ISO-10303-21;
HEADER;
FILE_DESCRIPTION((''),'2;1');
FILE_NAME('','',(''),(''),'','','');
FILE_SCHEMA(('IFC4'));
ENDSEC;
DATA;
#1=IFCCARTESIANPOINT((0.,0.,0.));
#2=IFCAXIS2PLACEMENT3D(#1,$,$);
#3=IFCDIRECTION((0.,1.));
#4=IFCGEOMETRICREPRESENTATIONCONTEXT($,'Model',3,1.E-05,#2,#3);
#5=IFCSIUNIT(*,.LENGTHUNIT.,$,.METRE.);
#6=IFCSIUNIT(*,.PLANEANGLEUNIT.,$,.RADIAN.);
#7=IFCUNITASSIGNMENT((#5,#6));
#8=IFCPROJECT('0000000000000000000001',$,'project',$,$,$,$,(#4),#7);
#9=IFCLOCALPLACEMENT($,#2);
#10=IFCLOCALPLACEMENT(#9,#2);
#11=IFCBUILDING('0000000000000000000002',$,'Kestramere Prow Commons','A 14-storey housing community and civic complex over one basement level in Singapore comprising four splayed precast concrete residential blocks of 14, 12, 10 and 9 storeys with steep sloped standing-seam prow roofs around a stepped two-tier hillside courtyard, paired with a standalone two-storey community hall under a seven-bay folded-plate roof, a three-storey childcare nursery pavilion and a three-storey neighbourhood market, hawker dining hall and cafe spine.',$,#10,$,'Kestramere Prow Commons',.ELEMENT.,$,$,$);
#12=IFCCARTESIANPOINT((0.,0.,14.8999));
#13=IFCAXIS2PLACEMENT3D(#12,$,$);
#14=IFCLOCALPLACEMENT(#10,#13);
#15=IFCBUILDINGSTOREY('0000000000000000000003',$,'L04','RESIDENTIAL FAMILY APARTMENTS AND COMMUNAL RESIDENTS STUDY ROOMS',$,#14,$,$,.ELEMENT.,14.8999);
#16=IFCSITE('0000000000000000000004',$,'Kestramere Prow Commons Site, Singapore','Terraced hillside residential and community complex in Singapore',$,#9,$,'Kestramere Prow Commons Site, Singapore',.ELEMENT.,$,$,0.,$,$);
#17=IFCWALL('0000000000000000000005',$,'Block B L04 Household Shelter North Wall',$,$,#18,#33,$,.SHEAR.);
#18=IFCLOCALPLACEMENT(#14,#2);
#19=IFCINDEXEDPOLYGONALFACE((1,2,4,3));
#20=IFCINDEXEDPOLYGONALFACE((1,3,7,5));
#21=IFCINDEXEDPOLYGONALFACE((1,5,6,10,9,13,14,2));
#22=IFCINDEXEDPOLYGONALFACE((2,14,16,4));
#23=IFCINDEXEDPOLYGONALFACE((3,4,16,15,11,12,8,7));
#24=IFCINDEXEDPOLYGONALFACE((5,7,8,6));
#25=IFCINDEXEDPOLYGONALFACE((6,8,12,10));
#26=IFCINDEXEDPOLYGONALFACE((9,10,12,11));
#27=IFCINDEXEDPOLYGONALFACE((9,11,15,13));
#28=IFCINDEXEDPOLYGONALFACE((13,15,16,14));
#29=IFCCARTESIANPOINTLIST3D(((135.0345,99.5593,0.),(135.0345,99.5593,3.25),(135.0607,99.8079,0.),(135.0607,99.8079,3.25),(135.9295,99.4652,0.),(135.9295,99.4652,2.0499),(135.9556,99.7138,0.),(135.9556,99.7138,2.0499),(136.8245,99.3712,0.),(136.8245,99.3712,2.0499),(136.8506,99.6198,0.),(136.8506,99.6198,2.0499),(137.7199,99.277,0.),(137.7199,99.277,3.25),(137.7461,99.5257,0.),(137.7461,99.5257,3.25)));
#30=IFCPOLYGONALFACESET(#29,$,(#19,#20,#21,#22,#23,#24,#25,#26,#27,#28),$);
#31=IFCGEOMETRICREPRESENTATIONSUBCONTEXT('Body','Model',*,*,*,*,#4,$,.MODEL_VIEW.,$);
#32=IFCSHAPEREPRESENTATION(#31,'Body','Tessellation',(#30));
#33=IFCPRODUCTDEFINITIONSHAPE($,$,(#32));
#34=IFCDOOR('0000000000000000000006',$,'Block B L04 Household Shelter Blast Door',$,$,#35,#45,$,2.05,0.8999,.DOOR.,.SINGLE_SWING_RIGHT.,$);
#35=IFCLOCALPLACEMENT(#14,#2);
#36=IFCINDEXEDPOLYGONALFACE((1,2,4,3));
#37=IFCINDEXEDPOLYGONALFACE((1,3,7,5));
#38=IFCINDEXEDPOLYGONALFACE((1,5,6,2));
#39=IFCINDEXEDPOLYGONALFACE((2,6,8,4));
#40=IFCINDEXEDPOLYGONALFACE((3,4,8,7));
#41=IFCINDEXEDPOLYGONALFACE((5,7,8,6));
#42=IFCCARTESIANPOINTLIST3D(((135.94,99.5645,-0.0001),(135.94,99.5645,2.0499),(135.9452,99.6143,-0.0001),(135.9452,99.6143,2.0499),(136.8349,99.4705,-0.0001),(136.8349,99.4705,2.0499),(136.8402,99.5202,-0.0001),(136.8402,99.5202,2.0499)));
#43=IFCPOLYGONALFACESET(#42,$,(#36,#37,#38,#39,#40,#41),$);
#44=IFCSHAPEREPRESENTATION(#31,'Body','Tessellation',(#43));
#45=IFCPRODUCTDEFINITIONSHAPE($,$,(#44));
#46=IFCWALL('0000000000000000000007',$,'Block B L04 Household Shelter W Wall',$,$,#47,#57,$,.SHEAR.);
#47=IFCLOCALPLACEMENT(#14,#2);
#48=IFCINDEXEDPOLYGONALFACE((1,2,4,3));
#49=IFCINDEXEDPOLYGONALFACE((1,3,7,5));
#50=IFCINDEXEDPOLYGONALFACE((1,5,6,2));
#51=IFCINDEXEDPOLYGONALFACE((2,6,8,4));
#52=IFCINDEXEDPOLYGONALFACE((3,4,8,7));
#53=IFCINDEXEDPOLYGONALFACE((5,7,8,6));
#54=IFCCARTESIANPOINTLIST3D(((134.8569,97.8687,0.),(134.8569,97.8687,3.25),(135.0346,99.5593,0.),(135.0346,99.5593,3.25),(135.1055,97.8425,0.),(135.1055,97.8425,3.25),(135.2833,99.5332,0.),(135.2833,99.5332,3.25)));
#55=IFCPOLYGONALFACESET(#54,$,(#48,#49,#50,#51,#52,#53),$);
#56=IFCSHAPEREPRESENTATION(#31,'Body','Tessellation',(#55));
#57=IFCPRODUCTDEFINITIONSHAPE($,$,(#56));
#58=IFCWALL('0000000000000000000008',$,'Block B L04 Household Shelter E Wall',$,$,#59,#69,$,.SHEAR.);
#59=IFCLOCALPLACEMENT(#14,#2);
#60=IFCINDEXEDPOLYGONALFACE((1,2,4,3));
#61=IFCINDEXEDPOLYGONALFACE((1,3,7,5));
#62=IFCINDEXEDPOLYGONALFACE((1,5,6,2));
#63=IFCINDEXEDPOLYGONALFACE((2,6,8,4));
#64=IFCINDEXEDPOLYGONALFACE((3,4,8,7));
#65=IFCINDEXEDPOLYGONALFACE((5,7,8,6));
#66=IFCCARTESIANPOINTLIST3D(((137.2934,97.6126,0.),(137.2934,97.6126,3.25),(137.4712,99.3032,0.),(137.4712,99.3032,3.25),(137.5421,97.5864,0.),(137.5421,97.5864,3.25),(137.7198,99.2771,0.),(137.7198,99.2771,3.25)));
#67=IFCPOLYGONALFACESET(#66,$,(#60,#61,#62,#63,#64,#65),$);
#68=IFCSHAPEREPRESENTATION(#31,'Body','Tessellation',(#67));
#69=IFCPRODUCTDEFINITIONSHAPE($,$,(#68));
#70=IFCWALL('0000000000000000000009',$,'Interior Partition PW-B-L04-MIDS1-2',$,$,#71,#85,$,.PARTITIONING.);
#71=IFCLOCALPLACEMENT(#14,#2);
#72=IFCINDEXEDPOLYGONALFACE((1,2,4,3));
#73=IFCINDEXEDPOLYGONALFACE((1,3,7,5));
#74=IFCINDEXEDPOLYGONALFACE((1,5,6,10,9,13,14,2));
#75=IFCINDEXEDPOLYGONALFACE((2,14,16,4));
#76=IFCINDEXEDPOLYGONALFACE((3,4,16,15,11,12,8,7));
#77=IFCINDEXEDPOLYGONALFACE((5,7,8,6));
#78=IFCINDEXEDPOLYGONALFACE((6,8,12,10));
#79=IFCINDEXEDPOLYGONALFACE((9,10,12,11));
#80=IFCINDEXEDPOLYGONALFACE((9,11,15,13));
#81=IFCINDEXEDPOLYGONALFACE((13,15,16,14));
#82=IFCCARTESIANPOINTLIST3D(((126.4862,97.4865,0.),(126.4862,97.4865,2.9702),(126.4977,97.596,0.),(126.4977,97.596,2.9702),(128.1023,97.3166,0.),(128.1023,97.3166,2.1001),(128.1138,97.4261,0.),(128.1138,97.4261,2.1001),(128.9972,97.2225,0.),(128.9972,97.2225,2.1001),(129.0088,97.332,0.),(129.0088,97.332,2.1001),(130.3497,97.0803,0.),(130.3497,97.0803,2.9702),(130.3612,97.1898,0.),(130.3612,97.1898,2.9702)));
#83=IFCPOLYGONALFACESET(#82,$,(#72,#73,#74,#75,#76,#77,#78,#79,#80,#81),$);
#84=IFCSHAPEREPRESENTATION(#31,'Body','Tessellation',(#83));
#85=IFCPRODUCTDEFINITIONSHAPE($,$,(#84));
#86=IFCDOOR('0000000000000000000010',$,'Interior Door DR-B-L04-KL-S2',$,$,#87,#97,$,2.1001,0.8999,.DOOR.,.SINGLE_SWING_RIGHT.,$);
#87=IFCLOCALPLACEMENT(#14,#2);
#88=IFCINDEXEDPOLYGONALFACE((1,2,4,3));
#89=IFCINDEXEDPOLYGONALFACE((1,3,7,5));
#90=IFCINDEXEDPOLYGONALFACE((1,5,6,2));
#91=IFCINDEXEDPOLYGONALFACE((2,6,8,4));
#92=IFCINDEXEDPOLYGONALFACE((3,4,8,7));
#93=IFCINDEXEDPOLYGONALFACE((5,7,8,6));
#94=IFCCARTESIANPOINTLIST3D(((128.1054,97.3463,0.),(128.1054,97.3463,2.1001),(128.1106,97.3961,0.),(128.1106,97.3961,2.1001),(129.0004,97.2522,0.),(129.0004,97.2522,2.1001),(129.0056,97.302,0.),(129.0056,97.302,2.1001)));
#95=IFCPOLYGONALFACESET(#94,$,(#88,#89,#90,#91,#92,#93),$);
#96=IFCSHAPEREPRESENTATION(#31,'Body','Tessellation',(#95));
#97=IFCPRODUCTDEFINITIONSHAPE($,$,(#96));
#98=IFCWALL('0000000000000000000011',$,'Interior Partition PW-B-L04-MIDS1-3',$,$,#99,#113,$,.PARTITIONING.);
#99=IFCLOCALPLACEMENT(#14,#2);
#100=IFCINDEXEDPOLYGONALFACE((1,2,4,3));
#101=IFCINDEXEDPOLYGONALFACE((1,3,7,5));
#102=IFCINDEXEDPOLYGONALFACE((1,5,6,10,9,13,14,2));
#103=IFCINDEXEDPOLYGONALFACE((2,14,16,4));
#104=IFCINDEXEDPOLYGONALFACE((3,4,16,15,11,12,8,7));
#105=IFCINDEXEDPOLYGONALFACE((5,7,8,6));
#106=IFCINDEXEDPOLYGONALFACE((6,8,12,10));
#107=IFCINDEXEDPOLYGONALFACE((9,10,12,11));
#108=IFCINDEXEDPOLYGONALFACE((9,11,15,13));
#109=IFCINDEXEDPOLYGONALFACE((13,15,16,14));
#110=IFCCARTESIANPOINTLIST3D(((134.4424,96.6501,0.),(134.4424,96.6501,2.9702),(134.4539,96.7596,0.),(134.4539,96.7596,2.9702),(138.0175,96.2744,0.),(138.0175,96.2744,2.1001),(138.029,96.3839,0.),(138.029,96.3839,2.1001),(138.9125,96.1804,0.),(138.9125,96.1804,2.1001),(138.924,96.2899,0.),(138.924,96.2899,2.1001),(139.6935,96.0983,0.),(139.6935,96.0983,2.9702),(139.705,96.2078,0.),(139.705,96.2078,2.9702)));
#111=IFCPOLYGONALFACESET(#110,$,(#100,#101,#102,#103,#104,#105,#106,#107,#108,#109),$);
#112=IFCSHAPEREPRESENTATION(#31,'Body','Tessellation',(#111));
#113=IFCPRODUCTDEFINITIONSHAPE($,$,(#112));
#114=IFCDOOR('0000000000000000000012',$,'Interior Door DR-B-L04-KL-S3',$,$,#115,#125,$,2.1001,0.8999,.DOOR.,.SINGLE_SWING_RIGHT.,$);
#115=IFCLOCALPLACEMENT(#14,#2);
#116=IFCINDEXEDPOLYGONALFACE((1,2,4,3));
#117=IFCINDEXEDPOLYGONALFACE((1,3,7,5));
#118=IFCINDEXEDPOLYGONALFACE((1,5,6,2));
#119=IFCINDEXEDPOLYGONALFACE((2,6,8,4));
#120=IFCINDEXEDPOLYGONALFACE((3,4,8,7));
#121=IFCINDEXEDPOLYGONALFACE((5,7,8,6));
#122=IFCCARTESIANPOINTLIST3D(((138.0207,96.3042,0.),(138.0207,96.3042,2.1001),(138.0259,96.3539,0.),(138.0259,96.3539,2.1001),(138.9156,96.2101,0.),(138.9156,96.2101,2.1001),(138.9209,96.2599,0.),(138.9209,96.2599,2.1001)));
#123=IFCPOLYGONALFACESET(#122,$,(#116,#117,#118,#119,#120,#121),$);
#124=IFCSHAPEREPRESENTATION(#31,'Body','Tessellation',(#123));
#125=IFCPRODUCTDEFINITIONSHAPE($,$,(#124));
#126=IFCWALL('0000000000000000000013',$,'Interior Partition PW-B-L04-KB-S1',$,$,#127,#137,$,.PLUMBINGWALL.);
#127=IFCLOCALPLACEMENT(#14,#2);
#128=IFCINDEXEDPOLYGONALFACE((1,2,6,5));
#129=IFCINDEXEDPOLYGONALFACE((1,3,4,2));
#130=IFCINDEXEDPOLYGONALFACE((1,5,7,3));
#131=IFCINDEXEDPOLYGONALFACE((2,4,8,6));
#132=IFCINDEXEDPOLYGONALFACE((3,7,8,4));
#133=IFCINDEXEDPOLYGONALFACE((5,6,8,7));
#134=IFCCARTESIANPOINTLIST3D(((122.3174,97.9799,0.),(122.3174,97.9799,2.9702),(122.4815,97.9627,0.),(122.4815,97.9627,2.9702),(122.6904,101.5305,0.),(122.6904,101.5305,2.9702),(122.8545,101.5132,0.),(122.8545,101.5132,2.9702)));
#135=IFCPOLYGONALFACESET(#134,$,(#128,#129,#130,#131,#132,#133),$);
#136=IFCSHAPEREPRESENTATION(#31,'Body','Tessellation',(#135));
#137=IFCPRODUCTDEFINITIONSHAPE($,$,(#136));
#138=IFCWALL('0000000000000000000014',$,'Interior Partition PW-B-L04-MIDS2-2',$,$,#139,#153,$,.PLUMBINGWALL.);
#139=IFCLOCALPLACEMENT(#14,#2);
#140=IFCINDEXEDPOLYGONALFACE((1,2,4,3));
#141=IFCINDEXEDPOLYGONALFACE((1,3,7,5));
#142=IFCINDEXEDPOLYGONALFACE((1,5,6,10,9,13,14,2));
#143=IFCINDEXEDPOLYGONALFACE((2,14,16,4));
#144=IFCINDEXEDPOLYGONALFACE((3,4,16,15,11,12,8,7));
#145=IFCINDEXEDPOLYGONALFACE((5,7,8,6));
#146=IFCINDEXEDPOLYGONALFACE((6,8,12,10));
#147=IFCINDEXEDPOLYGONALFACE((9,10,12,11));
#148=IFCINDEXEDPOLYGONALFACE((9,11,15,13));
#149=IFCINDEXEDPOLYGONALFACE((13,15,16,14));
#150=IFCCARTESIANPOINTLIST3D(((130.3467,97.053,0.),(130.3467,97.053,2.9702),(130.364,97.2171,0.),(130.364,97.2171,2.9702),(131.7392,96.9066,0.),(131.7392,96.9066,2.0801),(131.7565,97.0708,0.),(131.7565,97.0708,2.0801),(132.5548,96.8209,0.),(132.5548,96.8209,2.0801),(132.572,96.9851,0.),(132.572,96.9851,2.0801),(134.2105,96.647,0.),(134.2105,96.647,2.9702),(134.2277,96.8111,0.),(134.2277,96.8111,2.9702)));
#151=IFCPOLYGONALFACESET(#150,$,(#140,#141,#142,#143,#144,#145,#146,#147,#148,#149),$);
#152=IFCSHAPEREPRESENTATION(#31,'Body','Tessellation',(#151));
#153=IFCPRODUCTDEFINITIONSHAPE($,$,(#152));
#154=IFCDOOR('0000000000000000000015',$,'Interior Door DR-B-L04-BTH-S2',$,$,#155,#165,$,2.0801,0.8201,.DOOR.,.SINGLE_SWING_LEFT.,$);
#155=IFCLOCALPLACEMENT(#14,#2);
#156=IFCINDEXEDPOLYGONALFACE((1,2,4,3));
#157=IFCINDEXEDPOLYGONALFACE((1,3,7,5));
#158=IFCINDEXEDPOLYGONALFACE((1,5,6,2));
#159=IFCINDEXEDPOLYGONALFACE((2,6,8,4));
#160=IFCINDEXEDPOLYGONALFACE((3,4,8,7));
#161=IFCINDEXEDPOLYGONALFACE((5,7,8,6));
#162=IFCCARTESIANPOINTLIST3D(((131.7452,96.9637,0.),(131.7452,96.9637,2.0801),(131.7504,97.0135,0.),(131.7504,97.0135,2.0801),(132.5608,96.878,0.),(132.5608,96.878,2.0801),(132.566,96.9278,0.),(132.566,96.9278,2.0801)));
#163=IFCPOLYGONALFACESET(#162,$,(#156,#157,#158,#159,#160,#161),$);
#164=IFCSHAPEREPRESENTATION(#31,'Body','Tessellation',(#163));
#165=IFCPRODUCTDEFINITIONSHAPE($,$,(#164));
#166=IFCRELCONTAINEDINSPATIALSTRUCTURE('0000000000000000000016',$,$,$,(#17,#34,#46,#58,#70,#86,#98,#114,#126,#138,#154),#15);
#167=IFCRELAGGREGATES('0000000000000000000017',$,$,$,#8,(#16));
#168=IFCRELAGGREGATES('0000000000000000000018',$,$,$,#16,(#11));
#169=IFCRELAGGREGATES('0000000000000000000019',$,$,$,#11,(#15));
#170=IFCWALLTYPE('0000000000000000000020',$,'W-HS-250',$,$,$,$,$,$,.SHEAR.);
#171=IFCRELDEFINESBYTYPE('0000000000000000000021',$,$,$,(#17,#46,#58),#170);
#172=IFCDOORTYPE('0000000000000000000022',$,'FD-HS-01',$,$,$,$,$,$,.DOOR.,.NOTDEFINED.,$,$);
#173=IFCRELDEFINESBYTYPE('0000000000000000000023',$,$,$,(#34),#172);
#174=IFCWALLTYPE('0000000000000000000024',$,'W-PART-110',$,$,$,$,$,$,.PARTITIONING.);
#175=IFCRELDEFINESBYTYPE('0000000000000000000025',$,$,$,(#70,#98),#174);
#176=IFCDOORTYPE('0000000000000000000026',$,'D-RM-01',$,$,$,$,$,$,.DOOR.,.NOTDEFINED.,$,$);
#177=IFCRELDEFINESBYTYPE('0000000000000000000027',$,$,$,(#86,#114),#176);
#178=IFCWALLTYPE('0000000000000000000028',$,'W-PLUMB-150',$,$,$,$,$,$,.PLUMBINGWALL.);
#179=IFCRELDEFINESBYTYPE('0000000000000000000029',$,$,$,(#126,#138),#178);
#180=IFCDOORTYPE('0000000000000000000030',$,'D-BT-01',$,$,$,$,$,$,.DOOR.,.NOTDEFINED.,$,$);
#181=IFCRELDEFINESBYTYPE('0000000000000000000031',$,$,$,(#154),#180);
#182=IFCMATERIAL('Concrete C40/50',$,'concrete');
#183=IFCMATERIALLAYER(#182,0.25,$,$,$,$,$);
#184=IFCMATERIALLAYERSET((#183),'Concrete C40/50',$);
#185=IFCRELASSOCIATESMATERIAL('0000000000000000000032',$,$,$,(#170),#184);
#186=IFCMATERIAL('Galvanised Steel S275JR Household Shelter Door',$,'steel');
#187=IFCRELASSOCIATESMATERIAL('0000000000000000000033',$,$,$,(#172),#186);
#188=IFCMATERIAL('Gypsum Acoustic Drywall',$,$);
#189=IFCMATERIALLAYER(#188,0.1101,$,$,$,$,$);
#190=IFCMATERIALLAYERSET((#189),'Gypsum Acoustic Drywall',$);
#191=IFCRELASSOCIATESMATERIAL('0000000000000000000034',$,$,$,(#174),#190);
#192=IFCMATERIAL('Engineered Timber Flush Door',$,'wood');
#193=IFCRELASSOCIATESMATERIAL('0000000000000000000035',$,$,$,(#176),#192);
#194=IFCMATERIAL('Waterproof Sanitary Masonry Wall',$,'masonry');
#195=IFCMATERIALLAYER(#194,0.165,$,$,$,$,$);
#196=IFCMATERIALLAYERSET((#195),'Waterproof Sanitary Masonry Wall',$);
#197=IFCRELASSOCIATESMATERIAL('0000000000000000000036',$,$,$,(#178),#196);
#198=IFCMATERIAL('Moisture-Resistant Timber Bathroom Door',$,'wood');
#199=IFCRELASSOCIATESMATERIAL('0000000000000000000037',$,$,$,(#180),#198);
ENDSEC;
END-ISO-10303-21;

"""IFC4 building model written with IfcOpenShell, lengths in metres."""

from ifc_helpers import new_model, si_unit, direction, frame, frame_2d, origin, place, context, subcontext, project, spatial, rectangle, extrude, material, layer, layer_set, type_object, element, fill, save


model = new_model("IFC4")

# Units and contexts
model_context = context("Model", 3, precision=1e-05, world=origin(), true_north=direction((0.0, 1.0)))
body_context = subcontext(model_context, "Body", "Model", "MODEL_VIEW")
ifc_project = project(units=[si_unit("LENGTHUNIT", "METRE"), si_unit("PLANEANGLEUNIT", "RADIAN")], contexts=[model_context])

# Site, building, storey
site_placement = place(None, origin())
site = spatial("IfcSite", under=ifc_project, at=site_placement, Name="Kestramere Prow Commons Site, Singapore", Description="Terraced hillside residential and community complex in Singapore", LongName="Kestramere Prow Commons Site, Singapore", CompositionType="ELEMENT", RefElevation=0.0)
building_placement = place(site_placement, origin())
building = spatial("IfcBuilding", under=site, at=building_placement, Name="Kestramere Prow Commons", Description="A 14-storey housing community and civic complex over one basement level in Singapore comprising four splayed precast concrete residential blocks of 14, 12, 10 and 9 storeys with steep sloped standing-seam prow roofs around a stepped two-tier hillside courtyard, paired with a standalone two-storey community hall under a seven-bay folded-plate roof, a three-storey childcare nursery pavilion and a three-storey neighbourhood market, hawker dining hall and cafe spine.", LongName="Kestramere Prow Commons", CompositionType="ELEMENT")
storey_placement = place(building_placement, frame((0.0, 0.0, 14.8999)))
storey = spatial("IfcBuildingStorey", under=building, at=storey_placement, Name="L04", Description="RESIDENTIAL FAMILY APARTMENTS AND COMMUNAL RESIDENTS STUDY ROOMS", CompositionType="ELEMENT", Elevation=14.8999)

# Shared definitions
ifc_material_1 = material(Name="Concrete C40/50", Category="concrete")
ifc_layer_1 = layer(ifc_material_1, 0.25)
ifc_layer_set_1 = layer_set([ifc_layer_1], Name="Concrete C40/50")
wall_type_1 = type_object("IfcWallType", Name="W-HS-250", PredefinedType="SHEAR", material=ifc_layer_set_1)

# Wall, opening, door
wall_1_placement = place(storey_placement, frame((135.0476, 99.6836, 0.0), z_axis=(0.0, 0.0, 1.0), x_axis=(0.994522, -0.104525, 0.0)))
wall_1 = element("IfcWall", 1, at=wall_1_placement, inside=storey, type_object=wall_type_1, Name="Block B L04 Household Shelter North Wall", PredefinedType="SHEAR", context=body_context, shape_type="SweptSolid", body=[
    extrude(rectangle(XDim=2.7002, YDim=0.25, at=frame_2d((1.3501, 0.0))), origin(), (0.0, 0.0, 1.0), 3.25),
])
opening_1_placement = place(wall_1_placement, frame((0.8999, 0.0, 0.0)))
opening_1 = element("IfcOpeningElement", 2, at=opening_1_placement, cuts=wall_1, PredefinedType="OPENING", context=body_context, shape_type="SweptSolid", body=[
    extrude(rectangle(XDim=0.8999, YDim=2.05, at=frame_2d((0.45, 1.0249))), frame((0.0, 0.1399, 0.0), z_axis=(0.0, -1.0, 0.0), x_axis=(1.0, 0.0, 0.0)), (0.0, 0.0, 1.0), 0.28),
])
ifc_material_2 = material(Name="Galvanised Steel S275JR Household Shelter Door", Category="steel")
door_type_1 = type_object("IfcDoorType", Name="FD-HS-01", OperationType="NOTDEFINED", PredefinedType="DOOR", material=ifc_material_2)
door_1_placement = place(opening_1_placement, origin())
door_1 = element("IfcDoor", 3, at=door_1_placement, inside=storey, type_object=door_type_1, Name="Block B L04 Household Shelter Blast Door", OperationType="SINGLE_SWING_RIGHT", OverallHeight=2.05, OverallWidth=0.8999, PredefinedType="DOOR", context=body_context, shape_type="SweptSolid", body=[
    extrude(rectangle(XDim=0.8999, YDim=2.05, at=frame_2d((0.45, 1.0249))), frame((0.0, 0.0249, 0.0), z_axis=(0.0, -1.0, 0.0), x_axis=(1.0, 0.0, 0.0)), (0.0, 0.0, 1.0), 0.05),
])
fill(opening_1, door_1)

# Walls
for number, where, z_axis, x_axis, name in (
    (4, (134.9812, 97.8555, 0.0), (0.0, 0.0, 1.0), (0.10455, 0.99452, 0.0), "Block B L04 Household Shelter W Wall"),
    (5, (137.4177, 97.5994, 0.0), (0.0, 0.0, 1.0), (0.10455, 0.99452, 0.0), "Block B L04 Household Shelter E Wall"),
):
    element("IfcWall", number, at=place(storey_placement, frame(where, z_axis=z_axis, x_axis=x_axis)), inside=storey, type_object=wall_type_1, Name=name, PredefinedType="SHEAR", context=body_context, shape_type="SweptSolid", body=[
        extrude(rectangle(XDim=1.7, YDim=0.25, at=frame_2d((0.8501, 0.0))), origin(), (0.0, 0.0, 1.0), 3.25),
    ])

# Walls, openings, doors
ifc_material_3 = material(Name="Gypsum Acoustic Drywall")
ifc_layer_2 = layer(ifc_material_3, 0.1101)
ifc_layer_set_2 = layer_set([ifc_layer_2], Name="Gypsum Acoustic Drywall")
wall_type_2 = type_object("IfcWallType", Name="W-PART-110", PredefinedType="PARTITIONING", material=ifc_layer_set_2)
wall_2_placement = place(storey_placement, frame((126.4919, 97.5413, 0.0), z_axis=(0.0, 0.0, 1.0), x_axis=(0.994517, -0.104574, 0.0)))
wall_2 = element("IfcWall", 6, at=wall_2_placement, inside=storey, type_object=wall_type_2, Name="Interior Partition PW-B-L04-MIDS1-2", PredefinedType="PARTITIONING", context=body_context, shape_type="SweptSolid", body=[
    extrude(rectangle(XDim=3.8848, YDim=0.1101, at=frame_2d((1.9424, 0.0))), origin(), (0.0, 0.0, 1.0), 2.9702),
])
opening_2_placement = place(wall_2_placement, frame((1.625, 0.0, 0.0)))
opening_2 = element("IfcOpeningElement", 7, at=opening_2_placement, cuts=wall_2, PredefinedType="OPENING", context=body_context, shape_type="SweptSolid", body=[
    extrude(rectangle(XDim=0.8999, YDim=2.1001, at=frame_2d((0.45, 1.05))), frame((0.0, 0.0701, 0.0), z_axis=(0.0, -1.0, 0.0), x_axis=(1.0, 0.0, 0.0)), (0.0, 0.0, 1.0), 0.1401),
])
ifc_material_4 = material(Name="Engineered Timber Flush Door", Category="wood")
door_type_2 = type_object("IfcDoorType", Name="D-RM-01", OperationType="NOTDEFINED", PredefinedType="DOOR", material=ifc_material_4)
door_2_placement = place(opening_2_placement, origin())
door_2 = element("IfcDoor", 8, at=door_2_placement, inside=storey, type_object=door_type_2, Name="Interior Door DR-B-L04-KL-S2", OperationType="SINGLE_SWING_RIGHT", OverallHeight=2.1001, OverallWidth=0.8999, PredefinedType="DOOR", context=body_context, shape_type="SweptSolid", body=[
    extrude(rectangle(XDim=0.8999, YDim=2.1001, at=frame_2d((0.45, 1.05))), frame((0.0, 0.0249, 0.0), z_axis=(0.0, -1.0, 0.0), x_axis=(1.0, 0.0, 0.0)), (0.0, 0.0, 1.0), 0.05),
])
fill(opening_2, door_2)
wall_3_placement = place(storey_placement, frame((134.448, 96.7048, 0.0), z_axis=(0.0, 0.0, 1.0), x_axis=(0.994525, -0.104497, 0.0)))
wall_3 = element("IfcWall", 9, at=wall_3_placement, inside=storey, type_object=wall_type_2, Name="Interior Partition PW-B-L04-MIDS1-3", PredefinedType="PARTITIONING", context=body_context, shape_type="SweptSolid", body=[
    extrude(rectangle(XDim=5.28, YDim=0.1101, at=frame_2d((2.6401, 0.0))), origin(), (0.0, 0.0, 1.0), 2.9702),
])
opening_3_placement = place(wall_3_placement, frame((3.595, 0.0, 0.0)))
opening_3 = element("IfcOpeningElement", 10, at=opening_3_placement, cuts=wall_3, PredefinedType="OPENING", context=body_context, shape_type="SweptSolid", body=[
    extrude(rectangle(XDim=0.8999, YDim=2.1001, at=frame_2d((0.45, 1.05))), frame((0.0, 0.0701, 0.0), z_axis=(0.0, -1.0, 0.0), x_axis=(1.0, 0.0, 0.0)), (0.0, 0.0, 1.0), 0.1401),
])
door_3_placement = place(opening_3_placement, origin())
door_3 = element("IfcDoor", 11, at=door_3_placement, inside=storey, type_object=door_type_2, Name="Interior Door DR-B-L04-KL-S3", OperationType="SINGLE_SWING_RIGHT", OverallHeight=2.1001, OverallWidth=0.8999, PredefinedType="DOOR", context=body_context, shape_type="SweptSolid", body=[
    extrude(rectangle(XDim=0.8999, YDim=2.1001, at=frame_2d((0.45, 1.05))), frame((0.0, 0.0249, 0.0), z_axis=(0.0, -1.0, 0.0), x_axis=(1.0, 0.0, 0.0)), (0.0, 0.0, 1.0), 0.05),
])
fill(opening_3, door_3)

# Wall
ifc_material_5 = material(Name="Waterproof Sanitary Masonry Wall", Category="masonry")
ifc_layer_3 = layer(ifc_material_5, 0.165)
ifc_layer_set_3 = layer_set([ifc_layer_3], Name="Waterproof Sanitary Masonry Wall")
wall_type_3 = type_object("IfcWallType", Name="W-PLUMB-150", PredefinedType="PLUMBINGWALL", material=ifc_layer_set_3)
wall_4_placement = place(storey_placement, frame((122.3994, 97.9712, 0.0), z_axis=(0.0, 0.0, 1.0), x_axis=(0.104493, 0.994526, 0.0)))
element("IfcWall", 12, at=wall_4_placement, inside=storey, type_object=wall_type_3, Name="Interior Partition PW-B-L04-KB-S1", PredefinedType="PLUMBINGWALL", context=body_context, shape_type="SweptSolid", body=[
    extrude(rectangle(XDim=3.5701, YDim=0.165, at=frame_2d((1.7852, 0.0))), origin(), (0.0, 0.0, 1.0), 2.9702),
])

# Wall, opening, door
wall_5_placement = place(storey_placement, frame((130.3555, 97.135, 0.0), z_axis=(0.0, 0.0, 1.0), x_axis=(0.994524, -0.104505, 0.0)))
wall_5 = element("IfcWall", 13, at=wall_5_placement, inside=storey, type_object=wall_type_3, Name="Interior Partition PW-B-L04-MIDS2-2", PredefinedType="PLUMBINGWALL", context=body_context, shape_type="SweptSolid", body=[
    extrude(rectangle(XDim=3.885, YDim=0.165, at=frame_2d((1.9424, 0.0))), origin(), (0.0, 0.0, 1.0), 2.9702),
])
opening_4_placement = place(wall_5_placement, frame((1.3999, 0.0, 0.0)))
opening_4 = element("IfcOpeningElement", 14, at=opening_4_placement, cuts=wall_5, PredefinedType="OPENING", context=body_context, shape_type="SweptSolid", body=[
    extrude(rectangle(XDim=0.8201, YDim=2.0801, at=frame_2d((0.4102, 1.04))), frame((0.0, 0.0974, 0.0), z_axis=(0.0, -1.0, 0.0), x_axis=(1.0, 0.0, 0.0)), (0.0, 0.0, 1.0), 0.1951),
])
ifc_material_6 = material(Name="Moisture-Resistant Timber Bathroom Door", Category="wood")
door_type_3 = type_object("IfcDoorType", Name="D-BT-01", OperationType="NOTDEFINED", PredefinedType="DOOR", material=ifc_material_6)
door_4_placement = place(opening_4_placement, origin())
door_4 = element("IfcDoor", 15, at=door_4_placement, inside=storey, type_object=door_type_3, Name="Interior Door DR-B-L04-BTH-S2", OperationType="SINGLE_SWING_LEFT", OverallHeight=2.0801, OverallWidth=0.8201, PredefinedType="DOOR", context=body_context, shape_type="SweptSolid", body=[
    extrude(rectangle(XDim=0.8201, YDim=2.0801, at=frame_2d((0.4102, 1.04))), frame((0.0, 0.0249, 0.0), z_axis=(0.0, -1.0, 0.0), x_axis=(1.0, 0.0, 0.0)), (0.0, 0.0, 1.0), 0.05),
])
fill(opening_4, door_4)

save(model, "model.ifc")
